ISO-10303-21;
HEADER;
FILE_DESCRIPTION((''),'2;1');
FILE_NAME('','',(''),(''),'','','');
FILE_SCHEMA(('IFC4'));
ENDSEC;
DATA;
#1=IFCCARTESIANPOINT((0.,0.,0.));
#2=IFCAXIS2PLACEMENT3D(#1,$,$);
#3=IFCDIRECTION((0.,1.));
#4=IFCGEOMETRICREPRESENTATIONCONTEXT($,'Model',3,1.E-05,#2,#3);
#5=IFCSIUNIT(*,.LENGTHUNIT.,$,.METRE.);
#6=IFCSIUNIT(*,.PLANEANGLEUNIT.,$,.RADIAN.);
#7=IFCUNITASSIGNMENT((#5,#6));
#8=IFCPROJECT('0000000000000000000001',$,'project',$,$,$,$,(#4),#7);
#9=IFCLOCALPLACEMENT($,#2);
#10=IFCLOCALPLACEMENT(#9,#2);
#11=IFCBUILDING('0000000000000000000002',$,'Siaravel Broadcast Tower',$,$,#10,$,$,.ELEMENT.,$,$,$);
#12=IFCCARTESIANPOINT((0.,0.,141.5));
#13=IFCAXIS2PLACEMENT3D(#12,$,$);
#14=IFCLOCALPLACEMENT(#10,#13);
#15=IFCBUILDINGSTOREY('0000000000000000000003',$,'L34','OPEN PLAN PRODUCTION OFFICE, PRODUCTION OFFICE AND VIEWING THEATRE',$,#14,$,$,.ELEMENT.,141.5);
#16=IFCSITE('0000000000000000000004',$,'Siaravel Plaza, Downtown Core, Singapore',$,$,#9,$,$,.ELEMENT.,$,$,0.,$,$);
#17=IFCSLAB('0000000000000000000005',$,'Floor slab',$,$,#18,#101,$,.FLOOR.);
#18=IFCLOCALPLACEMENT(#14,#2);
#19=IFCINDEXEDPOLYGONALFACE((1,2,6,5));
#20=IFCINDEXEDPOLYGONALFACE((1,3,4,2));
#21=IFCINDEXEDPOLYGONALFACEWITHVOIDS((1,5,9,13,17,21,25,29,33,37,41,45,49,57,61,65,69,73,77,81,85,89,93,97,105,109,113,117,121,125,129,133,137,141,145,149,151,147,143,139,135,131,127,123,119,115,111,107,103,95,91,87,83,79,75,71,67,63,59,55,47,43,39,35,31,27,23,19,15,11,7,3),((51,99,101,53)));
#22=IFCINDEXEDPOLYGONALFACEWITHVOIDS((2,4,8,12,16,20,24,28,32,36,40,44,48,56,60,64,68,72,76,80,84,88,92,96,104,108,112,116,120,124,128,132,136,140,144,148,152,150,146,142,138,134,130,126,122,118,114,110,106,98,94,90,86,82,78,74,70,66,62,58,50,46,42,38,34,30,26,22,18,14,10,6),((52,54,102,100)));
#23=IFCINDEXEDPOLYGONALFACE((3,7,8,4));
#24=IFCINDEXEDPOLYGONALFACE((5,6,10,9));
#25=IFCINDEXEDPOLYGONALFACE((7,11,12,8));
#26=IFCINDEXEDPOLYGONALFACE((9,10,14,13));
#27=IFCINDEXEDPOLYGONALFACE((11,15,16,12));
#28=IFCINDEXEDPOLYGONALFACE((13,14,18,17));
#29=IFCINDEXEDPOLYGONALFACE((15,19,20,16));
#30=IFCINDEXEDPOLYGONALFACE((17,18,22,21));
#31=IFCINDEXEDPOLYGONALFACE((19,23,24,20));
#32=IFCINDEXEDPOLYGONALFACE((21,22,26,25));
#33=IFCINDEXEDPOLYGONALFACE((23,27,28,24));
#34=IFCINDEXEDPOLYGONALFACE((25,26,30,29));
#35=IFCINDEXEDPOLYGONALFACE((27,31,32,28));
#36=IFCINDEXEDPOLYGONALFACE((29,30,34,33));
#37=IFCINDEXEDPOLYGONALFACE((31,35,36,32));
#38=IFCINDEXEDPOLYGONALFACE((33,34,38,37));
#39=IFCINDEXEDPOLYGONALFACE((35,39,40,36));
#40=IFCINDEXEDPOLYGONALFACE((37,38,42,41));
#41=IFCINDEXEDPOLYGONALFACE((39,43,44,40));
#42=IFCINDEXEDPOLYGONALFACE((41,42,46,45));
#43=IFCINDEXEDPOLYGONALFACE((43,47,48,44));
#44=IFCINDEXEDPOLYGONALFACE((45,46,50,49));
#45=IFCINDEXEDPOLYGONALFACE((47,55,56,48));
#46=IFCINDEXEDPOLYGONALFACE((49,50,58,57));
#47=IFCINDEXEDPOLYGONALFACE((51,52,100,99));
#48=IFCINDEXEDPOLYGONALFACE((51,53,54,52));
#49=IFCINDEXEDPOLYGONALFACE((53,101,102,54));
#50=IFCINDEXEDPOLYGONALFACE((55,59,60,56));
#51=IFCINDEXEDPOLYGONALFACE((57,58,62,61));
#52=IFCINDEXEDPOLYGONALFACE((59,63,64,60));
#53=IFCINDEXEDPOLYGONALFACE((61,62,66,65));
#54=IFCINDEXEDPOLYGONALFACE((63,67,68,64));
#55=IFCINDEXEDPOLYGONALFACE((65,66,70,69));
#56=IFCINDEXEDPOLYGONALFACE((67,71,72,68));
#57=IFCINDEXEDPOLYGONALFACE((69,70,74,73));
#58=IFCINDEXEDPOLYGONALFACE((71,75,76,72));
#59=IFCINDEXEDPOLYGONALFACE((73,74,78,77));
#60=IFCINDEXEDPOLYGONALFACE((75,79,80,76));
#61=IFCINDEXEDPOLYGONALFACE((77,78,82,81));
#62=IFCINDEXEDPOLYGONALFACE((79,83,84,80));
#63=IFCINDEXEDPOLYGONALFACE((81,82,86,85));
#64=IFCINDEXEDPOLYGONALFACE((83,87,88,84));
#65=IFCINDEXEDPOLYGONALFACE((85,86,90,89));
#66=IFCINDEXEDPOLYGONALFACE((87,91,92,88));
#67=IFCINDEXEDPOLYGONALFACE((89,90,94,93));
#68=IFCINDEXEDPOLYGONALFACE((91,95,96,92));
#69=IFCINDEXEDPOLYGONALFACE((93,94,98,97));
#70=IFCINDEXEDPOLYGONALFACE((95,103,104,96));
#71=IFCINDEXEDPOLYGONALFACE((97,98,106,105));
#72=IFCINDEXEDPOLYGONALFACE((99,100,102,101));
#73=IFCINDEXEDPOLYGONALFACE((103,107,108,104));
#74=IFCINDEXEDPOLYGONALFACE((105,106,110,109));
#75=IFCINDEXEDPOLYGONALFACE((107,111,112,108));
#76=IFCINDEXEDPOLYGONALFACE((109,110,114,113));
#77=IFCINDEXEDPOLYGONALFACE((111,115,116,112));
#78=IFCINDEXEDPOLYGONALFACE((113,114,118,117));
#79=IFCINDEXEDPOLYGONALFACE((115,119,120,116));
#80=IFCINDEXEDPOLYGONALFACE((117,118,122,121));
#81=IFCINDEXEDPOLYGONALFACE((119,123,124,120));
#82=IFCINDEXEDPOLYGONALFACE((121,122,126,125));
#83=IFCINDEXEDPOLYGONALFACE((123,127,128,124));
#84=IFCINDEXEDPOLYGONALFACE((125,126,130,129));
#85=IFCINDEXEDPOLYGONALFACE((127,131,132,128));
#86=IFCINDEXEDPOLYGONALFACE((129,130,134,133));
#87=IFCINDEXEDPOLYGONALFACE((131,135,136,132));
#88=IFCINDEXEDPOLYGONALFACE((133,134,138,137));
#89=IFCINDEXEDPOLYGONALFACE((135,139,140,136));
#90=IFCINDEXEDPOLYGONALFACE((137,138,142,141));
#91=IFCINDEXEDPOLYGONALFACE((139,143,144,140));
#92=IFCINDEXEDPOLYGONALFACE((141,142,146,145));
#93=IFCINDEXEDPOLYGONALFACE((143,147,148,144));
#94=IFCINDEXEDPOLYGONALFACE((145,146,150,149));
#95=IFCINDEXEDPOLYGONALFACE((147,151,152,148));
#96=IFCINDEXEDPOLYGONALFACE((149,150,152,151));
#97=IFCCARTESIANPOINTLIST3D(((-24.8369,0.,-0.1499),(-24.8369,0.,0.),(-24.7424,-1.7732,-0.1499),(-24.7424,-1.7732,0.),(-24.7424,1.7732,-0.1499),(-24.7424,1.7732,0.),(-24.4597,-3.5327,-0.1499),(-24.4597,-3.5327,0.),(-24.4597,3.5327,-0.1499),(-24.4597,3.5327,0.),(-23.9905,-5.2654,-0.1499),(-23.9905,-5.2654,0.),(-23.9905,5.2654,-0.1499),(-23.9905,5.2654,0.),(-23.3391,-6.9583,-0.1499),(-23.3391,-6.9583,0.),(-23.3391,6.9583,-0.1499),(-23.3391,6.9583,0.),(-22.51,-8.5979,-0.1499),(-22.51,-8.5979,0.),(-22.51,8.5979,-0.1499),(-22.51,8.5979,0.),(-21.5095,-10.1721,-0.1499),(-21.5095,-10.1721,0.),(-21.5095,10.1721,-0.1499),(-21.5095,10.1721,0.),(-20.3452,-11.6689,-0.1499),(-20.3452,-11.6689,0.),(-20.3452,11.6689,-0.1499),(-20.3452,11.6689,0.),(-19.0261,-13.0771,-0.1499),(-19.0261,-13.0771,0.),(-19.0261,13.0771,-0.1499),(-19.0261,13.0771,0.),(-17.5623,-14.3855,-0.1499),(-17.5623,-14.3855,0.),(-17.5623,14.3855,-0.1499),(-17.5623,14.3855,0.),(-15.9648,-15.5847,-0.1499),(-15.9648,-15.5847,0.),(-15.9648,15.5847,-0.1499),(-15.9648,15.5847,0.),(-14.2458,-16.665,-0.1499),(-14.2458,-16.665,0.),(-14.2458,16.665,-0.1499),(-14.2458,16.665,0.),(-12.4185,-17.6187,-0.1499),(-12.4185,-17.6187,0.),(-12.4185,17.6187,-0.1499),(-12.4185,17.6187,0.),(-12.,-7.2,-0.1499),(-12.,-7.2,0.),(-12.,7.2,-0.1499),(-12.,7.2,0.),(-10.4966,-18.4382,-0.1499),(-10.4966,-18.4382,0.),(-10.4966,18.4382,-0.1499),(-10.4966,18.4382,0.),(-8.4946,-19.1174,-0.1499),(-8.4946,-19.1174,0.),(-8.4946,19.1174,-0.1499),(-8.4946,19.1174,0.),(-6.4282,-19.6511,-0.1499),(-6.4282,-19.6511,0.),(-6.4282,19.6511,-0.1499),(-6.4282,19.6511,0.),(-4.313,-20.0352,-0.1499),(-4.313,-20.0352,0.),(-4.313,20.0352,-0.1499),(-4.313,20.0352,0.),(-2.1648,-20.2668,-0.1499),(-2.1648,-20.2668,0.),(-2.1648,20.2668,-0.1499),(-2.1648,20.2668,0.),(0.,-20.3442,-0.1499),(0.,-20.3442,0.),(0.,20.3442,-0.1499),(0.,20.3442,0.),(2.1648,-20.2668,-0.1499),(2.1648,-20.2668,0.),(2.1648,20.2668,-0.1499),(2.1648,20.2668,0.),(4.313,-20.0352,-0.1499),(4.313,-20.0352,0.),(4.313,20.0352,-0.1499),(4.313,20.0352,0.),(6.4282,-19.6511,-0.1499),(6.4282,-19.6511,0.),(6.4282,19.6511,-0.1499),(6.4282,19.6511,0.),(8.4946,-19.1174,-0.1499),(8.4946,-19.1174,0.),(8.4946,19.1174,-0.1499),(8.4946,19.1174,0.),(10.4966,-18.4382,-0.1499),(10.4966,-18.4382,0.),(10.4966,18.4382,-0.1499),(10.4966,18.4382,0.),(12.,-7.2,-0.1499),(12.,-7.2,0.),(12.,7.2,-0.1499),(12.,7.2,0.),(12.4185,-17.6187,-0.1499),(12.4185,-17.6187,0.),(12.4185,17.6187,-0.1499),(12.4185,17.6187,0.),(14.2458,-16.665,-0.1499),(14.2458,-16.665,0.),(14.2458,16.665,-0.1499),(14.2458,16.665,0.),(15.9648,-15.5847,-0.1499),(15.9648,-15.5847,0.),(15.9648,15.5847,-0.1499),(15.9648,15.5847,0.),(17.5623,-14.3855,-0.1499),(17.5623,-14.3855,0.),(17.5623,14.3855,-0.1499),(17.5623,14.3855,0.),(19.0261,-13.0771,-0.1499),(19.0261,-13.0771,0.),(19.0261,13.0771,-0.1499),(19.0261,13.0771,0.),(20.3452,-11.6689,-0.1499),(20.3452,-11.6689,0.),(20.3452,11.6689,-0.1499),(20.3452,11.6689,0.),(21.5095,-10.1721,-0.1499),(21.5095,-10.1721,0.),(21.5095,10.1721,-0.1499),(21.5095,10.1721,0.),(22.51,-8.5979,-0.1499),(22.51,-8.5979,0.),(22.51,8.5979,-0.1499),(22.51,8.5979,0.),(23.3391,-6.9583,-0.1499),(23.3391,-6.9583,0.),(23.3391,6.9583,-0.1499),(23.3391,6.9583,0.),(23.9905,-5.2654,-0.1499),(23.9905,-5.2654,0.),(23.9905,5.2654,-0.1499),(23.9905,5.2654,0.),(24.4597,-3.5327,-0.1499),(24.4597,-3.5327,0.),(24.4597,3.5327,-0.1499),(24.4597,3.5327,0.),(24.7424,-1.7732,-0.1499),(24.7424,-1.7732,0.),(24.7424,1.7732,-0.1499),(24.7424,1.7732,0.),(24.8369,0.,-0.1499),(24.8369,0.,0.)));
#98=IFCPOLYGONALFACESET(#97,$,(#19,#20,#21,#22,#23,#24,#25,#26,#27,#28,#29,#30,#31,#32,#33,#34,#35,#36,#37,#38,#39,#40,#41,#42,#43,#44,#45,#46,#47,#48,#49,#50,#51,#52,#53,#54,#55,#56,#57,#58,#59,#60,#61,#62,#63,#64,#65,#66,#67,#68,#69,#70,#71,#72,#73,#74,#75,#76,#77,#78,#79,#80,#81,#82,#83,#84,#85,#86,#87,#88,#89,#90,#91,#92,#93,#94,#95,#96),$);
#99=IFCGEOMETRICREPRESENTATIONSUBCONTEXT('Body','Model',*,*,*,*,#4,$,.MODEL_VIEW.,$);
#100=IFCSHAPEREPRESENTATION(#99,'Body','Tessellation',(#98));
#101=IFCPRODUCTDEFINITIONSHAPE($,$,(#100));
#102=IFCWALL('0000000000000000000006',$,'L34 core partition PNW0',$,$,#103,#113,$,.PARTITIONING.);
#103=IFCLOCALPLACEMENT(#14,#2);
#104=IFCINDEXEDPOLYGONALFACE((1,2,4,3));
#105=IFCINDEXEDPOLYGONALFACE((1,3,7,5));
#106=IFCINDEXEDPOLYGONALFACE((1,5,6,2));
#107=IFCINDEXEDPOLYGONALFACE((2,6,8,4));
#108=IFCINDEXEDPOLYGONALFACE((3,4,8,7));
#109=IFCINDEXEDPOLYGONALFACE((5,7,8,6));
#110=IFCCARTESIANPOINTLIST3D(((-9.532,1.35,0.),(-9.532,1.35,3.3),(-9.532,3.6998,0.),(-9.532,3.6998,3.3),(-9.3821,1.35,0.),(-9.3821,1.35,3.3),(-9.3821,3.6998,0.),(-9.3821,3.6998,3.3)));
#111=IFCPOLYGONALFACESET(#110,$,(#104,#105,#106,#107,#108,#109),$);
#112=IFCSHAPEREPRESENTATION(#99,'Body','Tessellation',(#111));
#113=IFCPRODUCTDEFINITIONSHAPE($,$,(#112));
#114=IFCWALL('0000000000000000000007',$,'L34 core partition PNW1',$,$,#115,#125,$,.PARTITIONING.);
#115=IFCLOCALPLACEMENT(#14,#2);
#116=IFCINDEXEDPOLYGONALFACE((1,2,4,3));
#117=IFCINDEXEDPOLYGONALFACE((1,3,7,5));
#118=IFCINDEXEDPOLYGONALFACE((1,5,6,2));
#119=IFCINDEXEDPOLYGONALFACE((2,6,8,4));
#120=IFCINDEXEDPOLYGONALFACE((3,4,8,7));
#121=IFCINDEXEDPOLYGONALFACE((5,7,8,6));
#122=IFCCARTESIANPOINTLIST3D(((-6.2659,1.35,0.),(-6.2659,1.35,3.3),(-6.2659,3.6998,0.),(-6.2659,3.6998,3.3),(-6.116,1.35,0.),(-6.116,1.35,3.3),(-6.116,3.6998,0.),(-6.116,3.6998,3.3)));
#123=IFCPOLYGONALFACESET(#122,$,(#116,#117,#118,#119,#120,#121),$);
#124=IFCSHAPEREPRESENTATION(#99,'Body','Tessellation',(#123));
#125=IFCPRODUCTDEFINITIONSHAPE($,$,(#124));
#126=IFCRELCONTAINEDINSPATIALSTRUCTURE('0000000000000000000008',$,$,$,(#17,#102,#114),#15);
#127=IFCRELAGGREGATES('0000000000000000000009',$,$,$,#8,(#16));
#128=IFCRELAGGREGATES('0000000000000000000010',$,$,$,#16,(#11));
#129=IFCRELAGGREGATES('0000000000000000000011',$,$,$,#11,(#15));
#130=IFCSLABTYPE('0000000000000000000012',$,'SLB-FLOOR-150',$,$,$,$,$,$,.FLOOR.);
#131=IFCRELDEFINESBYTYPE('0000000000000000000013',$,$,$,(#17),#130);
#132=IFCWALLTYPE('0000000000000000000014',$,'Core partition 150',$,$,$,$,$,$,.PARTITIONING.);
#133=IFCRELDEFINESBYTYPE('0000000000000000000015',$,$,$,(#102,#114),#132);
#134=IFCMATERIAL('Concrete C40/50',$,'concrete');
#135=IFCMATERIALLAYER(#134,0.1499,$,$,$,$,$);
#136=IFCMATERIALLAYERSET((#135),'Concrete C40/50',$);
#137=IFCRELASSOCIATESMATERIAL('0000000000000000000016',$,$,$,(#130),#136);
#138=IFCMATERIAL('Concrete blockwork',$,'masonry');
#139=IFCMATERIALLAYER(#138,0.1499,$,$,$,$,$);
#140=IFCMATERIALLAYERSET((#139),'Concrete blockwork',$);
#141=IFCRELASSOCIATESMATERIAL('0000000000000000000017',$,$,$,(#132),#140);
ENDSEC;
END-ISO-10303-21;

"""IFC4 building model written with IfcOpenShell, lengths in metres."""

from ifc_helpers import new_model, si_unit, direction, frame, frame_2d, origin, place, context, subcontext, project, spatial, polyline, rectangle, outline, extrude, material, layer, layer_set, type_object, element, save


model = new_model("IFC4")

# Units and contexts
model_context = context("Model", 3, precision=1e-05, world=origin(), true_north=direction((0.0, 1.0)))
body_context = subcontext(model_context, "Body", "Model", "MODEL_VIEW")
ifc_project = project(units=[si_unit("LENGTHUNIT", "METRE"), si_unit("PLANEANGLEUNIT", "RADIAN")], contexts=[model_context])

# Site, building, storey
site_placement = place(None, origin())
site = spatial("IfcSite", under=ifc_project, at=site_placement, Name="Siaravel Plaza, Downtown Core, Singapore", CompositionType="ELEMENT", RefElevation=0.0)
building_placement = place(site_placement, origin())
building = spatial("IfcBuilding", under=site, at=building_placement, Name="Siaravel Broadcast Tower", CompositionType="ELEMENT")
storey_placement = place(building_placement, frame((0.0, 0.0, 141.5)))
storey = spatial("IfcBuildingStorey", under=building, at=storey_placement, Name="L34", Description="OPEN PLAN PRODUCTION OFFICE, PRODUCTION OFFICE AND VIEWING THEATRE", CompositionType="ELEMENT", Elevation=141.5)

# Slab
ifc_material_1 = material(Name="Concrete C40/50", Category="concrete")
ifc_layer_1 = layer(ifc_material_1, 0.1499)
ifc_layer_set_1 = layer_set([ifc_layer_1], Name="Concrete C40/50")
slab_type = type_object("IfcSlabType", Name="SLB-FLOOR-150", PredefinedType="FLOOR", material=ifc_layer_set_1)
slab_placement = place(storey_placement, frame((0.0, 0.0, -0.1499)))
element("IfcSlab", 1, at=slab_placement, inside=storey, type_object=slab_type, Name="Floor slab", PredefinedType="FLOOR", context=body_context, shape_type="SweptSolid", body=[
    extrude(outline(polyline([(24.8369, 0.0), (24.7424, 1.7732), (24.4597, 3.5327), (23.9905, 5.2654), (23.3391, 6.9583), (22.51, 8.5979), (21.5095, 10.1721), (20.3452, 11.6689), (19.0261, 13.0771), (17.5623, 14.3855), (15.9648, 15.5847), (14.2458, 16.665), (12.4185, 17.6187), (10.4966, 18.4382), (8.4946, 19.1174), (6.4282, 19.6511), (4.313, 20.0352), (2.1648, 20.2668), (0.0, 20.3442), (-2.1648, 20.2668), (-4.313, 20.0352), (-6.4282, 19.6511), (-8.4946, 19.1174), (-10.4966, 18.4382), (-12.4185, 17.6187), (-14.2458, 16.665), (-15.9648, 15.5847), (-17.5623, 14.3855), (-19.0261, 13.0771), (-20.3452, 11.6689), (-21.5095, 10.1721), (-22.51, 8.5979), (-23.3391, 6.9583), (-23.9905, 5.2654), (-24.4597, 3.5327), (-24.7424, 1.7732), (-24.8369, 0.0), (-24.7424, -1.7732), (-24.4597, -3.5327), (-23.9905, -5.2654), (-23.3391, -6.9583), (-22.51, -8.5979), (-21.5095, -10.1721), (-20.3452, -11.6689), (-19.0261, -13.0771), (-17.5623, -14.3855), (-15.9648, -15.5847), (-14.2458, -16.665), (-12.4185, -17.6187), (-10.4966, -18.4382), (-8.4946, -19.1174), (-6.4282, -19.6511), (-4.313, -20.0352), (-2.1648, -20.2668), (0.0, -20.3442), (2.1648, -20.2668), (4.313, -20.0352), (6.4282, -19.6511), (8.4946, -19.1174), (10.4966, -18.4382), (12.4185, -17.6187), (14.2458, -16.665), (15.9648, -15.5847), (17.5623, -14.3855), (19.0261, -13.0771), (20.3452, -11.6689), (21.5095, -10.1721), (22.51, -8.5979), (23.3391, -6.9583), (23.9905, -5.2654), (24.4597, -3.5327), (24.7424, -1.7732), (24.8369, 0.0)]), holes=[polyline([(-12.0, 7.2), (12.0, 7.2), (12.0, -7.2), (-12.0, -7.2), (-12.0, 7.2)])]), origin(), (0.0, 0.0, 1.0), 0.1499),
])

# Walls
ifc_material_2 = material(Name="Concrete blockwork", Category="masonry")
ifc_layer_2 = layer(ifc_material_2, 0.1499)
ifc_layer_set_2 = layer_set([ifc_layer_2], Name="Concrete blockwork")
wall_type_1 = type_object("IfcWallType", Name="Core partition 150", PredefinedType="PARTITIONING", material=ifc_layer_set_2)
for number, where, z_axis, x_axis, name in (
    (2, (-9.457, 1.3501, 0.0), (0.0, 0.0, 1.0), (0.0, 1.0, 0.0), "L34 core partition PNW0"),
    (3, (-6.1909, 1.3501, 0.0), (0.0, 0.0, 1.0), (0.0, 1.0, 0.0), "L34 core partition PNW1"),
):
    element("IfcWall", number, at=place(storey_placement, frame(where, z_axis=z_axis, x_axis=x_axis)), inside=storey, type_object=wall_type_1, Name=name, PredefinedType="PARTITIONING", context=body_context, shape_type="SweptSolid", body=[
        extrude(rectangle(XDim=2.3499, YDim=0.1499, at=frame_2d((1.1748, 0.0))), origin(), (0.0, 0.0, 1.0), 3.3),
    ])

save(model, "model.ifc")
